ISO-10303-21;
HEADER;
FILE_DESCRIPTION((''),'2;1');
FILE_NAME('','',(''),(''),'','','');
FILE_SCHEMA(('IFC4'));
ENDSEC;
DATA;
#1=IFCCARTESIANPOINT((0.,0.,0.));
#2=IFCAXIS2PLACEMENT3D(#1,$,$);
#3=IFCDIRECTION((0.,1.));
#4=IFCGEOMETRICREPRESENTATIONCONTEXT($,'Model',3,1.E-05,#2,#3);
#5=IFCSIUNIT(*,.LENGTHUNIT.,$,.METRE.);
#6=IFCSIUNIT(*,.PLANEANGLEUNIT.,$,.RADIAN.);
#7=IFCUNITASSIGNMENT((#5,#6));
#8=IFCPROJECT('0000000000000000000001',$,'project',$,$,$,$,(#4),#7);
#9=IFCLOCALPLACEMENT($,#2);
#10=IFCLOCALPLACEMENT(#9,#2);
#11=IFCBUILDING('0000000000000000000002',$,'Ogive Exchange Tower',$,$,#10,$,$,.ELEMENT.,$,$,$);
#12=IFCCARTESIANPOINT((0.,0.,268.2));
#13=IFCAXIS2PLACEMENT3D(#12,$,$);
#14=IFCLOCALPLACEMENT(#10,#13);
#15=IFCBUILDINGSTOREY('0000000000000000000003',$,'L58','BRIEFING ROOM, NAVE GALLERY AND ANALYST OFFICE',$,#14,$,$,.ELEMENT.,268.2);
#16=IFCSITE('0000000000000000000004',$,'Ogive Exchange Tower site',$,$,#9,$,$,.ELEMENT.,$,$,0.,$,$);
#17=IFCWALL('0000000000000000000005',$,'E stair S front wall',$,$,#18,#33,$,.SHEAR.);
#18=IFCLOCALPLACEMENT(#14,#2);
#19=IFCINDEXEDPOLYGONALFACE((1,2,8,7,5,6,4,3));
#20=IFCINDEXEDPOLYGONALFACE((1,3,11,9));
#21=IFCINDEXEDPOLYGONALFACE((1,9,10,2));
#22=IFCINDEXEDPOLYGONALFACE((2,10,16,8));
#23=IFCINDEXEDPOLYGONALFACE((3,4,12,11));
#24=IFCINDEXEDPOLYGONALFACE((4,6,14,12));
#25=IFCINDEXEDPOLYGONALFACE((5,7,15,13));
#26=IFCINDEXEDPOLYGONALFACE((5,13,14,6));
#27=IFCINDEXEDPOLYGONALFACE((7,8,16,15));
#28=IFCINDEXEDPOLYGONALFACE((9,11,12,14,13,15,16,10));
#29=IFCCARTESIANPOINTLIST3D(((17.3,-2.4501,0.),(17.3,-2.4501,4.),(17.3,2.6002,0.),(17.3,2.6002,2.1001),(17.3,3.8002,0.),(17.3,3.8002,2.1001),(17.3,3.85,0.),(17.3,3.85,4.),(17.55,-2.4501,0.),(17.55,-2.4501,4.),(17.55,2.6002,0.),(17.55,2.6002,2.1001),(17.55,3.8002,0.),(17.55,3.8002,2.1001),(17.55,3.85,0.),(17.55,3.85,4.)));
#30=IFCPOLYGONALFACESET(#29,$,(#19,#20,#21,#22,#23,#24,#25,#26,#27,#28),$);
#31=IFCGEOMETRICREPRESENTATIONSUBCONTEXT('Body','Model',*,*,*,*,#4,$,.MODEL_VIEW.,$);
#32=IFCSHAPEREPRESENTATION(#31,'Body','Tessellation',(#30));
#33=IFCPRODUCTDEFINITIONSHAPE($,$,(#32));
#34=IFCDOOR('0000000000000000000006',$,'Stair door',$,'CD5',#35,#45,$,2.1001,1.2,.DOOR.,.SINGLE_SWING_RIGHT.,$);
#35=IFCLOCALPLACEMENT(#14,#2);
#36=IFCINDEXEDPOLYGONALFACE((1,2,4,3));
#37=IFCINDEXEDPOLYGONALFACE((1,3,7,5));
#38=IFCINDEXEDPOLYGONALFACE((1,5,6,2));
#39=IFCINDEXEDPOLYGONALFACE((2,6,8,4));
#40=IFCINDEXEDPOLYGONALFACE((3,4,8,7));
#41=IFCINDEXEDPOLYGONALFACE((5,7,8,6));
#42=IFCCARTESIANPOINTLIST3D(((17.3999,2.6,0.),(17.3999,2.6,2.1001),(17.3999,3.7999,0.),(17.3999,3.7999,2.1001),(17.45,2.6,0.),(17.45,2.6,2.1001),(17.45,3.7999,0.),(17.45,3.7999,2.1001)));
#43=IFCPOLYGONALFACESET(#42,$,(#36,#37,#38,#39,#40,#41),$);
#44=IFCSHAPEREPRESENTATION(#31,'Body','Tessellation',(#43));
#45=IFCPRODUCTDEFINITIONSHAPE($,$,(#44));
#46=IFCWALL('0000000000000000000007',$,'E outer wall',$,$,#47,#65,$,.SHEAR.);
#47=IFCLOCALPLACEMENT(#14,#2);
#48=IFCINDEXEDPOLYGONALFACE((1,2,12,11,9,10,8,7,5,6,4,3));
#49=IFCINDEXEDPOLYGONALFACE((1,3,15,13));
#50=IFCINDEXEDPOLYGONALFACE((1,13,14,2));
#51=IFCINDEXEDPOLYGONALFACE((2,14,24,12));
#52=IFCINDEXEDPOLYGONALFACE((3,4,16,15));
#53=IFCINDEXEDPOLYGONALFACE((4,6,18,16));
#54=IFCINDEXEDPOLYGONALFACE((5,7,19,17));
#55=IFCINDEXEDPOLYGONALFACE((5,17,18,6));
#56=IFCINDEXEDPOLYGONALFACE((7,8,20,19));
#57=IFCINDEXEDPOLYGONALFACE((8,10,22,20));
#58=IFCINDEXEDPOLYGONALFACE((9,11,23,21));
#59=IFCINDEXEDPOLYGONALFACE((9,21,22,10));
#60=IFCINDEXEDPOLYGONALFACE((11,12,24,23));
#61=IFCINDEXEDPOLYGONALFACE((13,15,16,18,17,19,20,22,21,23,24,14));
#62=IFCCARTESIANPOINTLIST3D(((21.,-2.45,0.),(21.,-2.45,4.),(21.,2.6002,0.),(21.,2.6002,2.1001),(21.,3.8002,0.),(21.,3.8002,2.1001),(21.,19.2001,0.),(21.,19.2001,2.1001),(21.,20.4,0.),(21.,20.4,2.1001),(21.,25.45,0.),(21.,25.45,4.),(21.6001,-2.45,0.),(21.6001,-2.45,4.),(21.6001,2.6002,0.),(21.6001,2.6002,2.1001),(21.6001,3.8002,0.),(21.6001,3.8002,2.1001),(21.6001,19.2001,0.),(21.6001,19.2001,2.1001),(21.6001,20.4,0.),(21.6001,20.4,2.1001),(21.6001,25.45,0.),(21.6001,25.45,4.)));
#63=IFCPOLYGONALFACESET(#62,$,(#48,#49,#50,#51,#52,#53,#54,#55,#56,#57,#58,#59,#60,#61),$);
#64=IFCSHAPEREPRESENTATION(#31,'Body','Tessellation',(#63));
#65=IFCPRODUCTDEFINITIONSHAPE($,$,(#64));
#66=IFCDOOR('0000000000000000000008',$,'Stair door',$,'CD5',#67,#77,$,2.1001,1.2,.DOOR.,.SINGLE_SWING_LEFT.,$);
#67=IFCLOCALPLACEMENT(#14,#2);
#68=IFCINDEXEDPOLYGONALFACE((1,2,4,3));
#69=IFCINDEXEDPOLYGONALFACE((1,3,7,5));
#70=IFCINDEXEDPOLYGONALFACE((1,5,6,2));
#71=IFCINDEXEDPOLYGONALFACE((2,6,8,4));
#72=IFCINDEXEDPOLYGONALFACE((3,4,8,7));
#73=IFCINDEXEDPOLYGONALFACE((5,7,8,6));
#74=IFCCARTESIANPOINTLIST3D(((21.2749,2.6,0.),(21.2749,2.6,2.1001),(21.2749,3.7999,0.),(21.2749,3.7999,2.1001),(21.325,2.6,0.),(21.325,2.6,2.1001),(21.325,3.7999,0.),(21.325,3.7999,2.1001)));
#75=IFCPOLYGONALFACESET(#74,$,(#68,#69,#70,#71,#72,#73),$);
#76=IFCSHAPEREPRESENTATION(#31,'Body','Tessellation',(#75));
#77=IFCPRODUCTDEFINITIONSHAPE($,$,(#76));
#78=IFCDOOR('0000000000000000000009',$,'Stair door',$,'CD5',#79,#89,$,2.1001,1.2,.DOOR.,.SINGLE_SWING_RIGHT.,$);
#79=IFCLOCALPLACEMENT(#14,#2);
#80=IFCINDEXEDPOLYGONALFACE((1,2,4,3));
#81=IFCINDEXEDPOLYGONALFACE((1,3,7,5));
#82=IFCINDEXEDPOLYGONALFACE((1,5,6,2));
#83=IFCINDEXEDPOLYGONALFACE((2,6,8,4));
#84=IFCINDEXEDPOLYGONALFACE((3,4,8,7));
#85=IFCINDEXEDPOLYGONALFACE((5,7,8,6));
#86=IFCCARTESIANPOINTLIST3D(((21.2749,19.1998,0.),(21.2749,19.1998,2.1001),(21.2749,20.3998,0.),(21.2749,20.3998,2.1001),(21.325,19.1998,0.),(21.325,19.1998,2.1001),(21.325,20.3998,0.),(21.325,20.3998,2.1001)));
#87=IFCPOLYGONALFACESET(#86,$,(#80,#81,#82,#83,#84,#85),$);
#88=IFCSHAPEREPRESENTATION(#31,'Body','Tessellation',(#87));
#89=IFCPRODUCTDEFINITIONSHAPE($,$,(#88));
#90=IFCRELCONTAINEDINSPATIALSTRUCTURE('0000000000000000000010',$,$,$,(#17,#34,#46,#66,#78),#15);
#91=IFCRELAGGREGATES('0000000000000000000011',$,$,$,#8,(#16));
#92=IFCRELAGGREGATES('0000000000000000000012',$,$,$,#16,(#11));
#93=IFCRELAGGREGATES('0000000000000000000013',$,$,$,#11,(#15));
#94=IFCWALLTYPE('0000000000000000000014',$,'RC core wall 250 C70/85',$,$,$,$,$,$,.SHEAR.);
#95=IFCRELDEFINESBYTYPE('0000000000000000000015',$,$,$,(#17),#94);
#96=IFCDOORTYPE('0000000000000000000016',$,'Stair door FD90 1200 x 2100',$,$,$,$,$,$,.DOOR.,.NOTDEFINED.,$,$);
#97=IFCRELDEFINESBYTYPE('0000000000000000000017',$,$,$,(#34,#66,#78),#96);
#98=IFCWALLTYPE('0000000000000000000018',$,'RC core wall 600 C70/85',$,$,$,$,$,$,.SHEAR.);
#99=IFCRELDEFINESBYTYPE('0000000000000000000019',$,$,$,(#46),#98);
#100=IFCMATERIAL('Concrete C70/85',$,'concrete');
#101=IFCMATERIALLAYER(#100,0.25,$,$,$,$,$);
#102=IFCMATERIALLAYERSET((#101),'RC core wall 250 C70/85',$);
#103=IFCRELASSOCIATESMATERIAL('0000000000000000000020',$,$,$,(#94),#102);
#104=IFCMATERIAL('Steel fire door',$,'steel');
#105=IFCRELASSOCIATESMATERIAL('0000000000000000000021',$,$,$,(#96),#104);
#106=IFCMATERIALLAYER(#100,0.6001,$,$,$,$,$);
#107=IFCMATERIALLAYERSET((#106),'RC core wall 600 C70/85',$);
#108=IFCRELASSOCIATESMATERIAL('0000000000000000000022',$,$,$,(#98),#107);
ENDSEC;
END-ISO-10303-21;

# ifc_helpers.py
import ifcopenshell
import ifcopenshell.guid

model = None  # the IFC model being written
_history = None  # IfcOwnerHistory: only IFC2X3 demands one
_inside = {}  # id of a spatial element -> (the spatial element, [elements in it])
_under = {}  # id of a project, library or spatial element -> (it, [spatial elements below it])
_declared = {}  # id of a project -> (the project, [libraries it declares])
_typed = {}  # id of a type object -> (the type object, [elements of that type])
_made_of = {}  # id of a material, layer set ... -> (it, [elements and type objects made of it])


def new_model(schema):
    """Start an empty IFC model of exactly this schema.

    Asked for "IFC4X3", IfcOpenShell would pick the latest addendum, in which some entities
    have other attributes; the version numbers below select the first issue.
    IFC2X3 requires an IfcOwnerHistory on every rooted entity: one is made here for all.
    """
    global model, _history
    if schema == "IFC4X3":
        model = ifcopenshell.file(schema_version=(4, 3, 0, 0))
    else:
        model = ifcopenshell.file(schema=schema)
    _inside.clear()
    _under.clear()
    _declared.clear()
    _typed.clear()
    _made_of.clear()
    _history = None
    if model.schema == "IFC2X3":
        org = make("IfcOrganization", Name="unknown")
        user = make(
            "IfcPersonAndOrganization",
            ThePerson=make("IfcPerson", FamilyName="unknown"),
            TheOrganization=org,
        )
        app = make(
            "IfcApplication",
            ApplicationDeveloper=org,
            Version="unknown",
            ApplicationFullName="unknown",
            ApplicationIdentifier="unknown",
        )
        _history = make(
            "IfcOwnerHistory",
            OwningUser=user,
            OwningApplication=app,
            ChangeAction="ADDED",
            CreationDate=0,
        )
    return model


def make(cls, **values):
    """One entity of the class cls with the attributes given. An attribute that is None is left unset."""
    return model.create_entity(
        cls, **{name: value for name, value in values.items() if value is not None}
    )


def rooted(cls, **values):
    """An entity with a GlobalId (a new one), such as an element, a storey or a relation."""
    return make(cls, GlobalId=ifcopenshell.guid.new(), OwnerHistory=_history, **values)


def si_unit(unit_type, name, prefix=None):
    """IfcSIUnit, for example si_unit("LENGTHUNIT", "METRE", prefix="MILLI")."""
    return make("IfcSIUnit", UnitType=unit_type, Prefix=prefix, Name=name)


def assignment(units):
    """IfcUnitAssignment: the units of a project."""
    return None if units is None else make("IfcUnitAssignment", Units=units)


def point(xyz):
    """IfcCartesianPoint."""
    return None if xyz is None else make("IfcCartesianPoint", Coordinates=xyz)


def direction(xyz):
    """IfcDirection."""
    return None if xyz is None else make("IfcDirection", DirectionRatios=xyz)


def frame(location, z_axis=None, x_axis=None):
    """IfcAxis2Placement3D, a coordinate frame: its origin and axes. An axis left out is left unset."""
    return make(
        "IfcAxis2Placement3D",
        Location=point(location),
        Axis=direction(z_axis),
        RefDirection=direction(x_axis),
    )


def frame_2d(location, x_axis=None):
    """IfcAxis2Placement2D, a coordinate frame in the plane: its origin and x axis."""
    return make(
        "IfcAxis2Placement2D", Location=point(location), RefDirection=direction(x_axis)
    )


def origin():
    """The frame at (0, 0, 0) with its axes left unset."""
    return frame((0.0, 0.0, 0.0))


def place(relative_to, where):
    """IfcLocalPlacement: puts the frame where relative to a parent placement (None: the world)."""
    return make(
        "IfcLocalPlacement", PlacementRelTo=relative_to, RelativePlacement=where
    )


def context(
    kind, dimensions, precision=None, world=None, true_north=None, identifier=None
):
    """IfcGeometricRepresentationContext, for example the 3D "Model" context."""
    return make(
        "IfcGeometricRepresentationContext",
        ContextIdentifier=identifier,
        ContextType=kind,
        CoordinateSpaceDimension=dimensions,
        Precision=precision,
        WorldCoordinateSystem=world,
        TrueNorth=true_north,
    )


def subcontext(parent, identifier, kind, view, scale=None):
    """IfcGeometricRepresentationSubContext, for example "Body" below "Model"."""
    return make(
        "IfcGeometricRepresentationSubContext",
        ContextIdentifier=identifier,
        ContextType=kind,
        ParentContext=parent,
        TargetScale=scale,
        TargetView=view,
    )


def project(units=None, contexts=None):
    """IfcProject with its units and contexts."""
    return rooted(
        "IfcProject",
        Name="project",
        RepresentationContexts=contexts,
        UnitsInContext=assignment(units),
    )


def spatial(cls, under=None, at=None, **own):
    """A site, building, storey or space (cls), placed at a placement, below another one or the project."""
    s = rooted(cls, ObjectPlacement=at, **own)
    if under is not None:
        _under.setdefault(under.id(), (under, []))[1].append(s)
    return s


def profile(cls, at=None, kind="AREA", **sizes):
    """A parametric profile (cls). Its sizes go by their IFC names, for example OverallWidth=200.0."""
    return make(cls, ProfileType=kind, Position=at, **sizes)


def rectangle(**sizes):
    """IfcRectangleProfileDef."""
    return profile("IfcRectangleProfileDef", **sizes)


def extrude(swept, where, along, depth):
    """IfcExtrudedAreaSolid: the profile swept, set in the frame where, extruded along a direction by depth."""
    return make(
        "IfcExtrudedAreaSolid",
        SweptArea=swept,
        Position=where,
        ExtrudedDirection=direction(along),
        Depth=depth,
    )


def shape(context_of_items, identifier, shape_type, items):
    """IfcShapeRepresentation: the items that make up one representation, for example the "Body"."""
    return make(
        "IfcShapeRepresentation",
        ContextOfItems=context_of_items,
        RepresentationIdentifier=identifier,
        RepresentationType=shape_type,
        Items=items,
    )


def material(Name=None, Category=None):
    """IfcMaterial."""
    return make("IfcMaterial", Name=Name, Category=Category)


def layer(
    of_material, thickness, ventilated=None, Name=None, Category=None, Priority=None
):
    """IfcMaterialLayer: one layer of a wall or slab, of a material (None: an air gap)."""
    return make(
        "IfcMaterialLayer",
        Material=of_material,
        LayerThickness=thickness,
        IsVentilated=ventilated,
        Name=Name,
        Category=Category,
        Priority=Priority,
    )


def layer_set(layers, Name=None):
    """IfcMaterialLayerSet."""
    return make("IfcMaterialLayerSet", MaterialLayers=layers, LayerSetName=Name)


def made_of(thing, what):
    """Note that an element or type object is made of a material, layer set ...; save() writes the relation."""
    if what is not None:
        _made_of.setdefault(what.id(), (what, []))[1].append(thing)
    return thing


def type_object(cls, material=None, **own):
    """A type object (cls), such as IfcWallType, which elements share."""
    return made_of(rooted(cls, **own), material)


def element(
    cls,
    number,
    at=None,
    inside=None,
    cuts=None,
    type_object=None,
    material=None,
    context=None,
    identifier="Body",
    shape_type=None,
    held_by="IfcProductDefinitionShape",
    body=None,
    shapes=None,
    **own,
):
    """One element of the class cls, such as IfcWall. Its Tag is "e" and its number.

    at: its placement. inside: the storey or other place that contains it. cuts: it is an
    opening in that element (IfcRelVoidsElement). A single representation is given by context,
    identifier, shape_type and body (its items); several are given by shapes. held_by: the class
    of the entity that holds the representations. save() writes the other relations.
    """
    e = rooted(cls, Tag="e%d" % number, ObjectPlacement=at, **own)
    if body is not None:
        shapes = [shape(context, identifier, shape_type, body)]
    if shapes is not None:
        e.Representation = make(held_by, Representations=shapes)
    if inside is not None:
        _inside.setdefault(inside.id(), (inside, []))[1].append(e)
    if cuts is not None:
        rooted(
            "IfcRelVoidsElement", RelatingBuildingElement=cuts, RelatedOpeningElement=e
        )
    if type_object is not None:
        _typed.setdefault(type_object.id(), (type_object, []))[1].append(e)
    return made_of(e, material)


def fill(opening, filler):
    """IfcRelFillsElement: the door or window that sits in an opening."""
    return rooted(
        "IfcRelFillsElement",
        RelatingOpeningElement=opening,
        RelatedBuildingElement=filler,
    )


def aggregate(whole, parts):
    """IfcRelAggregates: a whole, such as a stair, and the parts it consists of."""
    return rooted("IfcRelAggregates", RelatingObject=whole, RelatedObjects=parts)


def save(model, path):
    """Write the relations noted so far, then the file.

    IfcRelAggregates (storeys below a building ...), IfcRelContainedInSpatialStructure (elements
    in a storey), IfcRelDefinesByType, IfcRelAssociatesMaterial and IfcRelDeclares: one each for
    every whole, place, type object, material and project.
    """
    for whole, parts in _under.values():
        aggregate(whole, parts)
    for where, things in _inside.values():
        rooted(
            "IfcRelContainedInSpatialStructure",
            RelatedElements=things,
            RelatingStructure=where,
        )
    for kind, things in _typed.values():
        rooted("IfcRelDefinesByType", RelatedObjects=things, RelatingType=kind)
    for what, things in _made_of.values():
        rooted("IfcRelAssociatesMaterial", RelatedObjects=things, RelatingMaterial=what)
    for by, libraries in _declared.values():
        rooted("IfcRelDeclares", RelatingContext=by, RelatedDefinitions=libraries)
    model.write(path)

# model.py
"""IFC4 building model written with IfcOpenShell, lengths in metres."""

from ifc_helpers import new_model, si_unit, direction, frame, frame_2d, origin, place, context, subcontext, project, spatial, rectangle, extrude, material, layer, layer_set, type_object, element, fill, save


model = new_model("IFC4")

# Units and contexts
model_context = context("Model", 3, precision=1e-05, world=origin(), true_north=direction((0.0, 1.0)))
body_context = subcontext(model_context, "Body", "Model", "MODEL_VIEW")
ifc_project = project(units=[si_unit("LENGTHUNIT", "METRE"), si_unit("PLANEANGLEUNIT", "RADIAN")], contexts=[model_context])

# Site, building, storey
site_placement = place(None, origin())
site = spatial("IfcSite", under=ifc_project, at=site_placement, Name="Ogive Exchange Tower site", CompositionType="ELEMENT", RefElevation=0.0)
building_placement = place(site_placement, origin())
building = spatial("IfcBuilding", under=site, at=building_placement, Name="Ogive Exchange Tower", CompositionType="ELEMENT")
storey_placement = place(building_placement, frame((0.0, 0.0, 268.2)))
storey = spatial("IfcBuildingStorey", under=building, at=storey_placement, Name="L58", Description="BRIEFING ROOM, NAVE GALLERY AND ANALYST OFFICE", CompositionType="ELEMENT", Elevation=268.2)

# Wall, opening, door
ifc_material_1 = material(Name="Concrete C70/85", Category="concrete")
ifc_layer_1 = layer(ifc_material_1, 0.25)
ifc_layer_set_1 = layer_set([ifc_layer_1], Name="RC core wall 250 C70/85")
wall_type_1 = type_object("IfcWallType", Name="RC core wall 250 C70/85", PredefinedType="SHEAR", material=ifc_layer_set_1)
wall_1_placement = place(storey_placement, frame((17.425, -2.45, 0.0), z_axis=(0.0, 0.0, 1.0), x_axis=(0.0, 1.0, 0.0)))
wall_1 = element("IfcWall", 1, at=wall_1_placement, inside=storey, type_object=wall_type_1, Name="E stair S front wall", PredefinedType="SHEAR", context=body_context, shape_type="SweptSolid", body=[
    extrude(rectangle(XDim=6.3, YDim=0.25, at=frame_2d((3.1499, 0.0))), origin(), (0.0, 0.0, 1.0), 4.0),
])
opening_1_placement = place(wall_1_placement, frame((5.05, 0.0, 0.0)))
opening_1 = element("IfcOpeningElement", 2, at=opening_1_placement, cuts=wall_1, PredefinedType="OPENING", context=body_context, shape_type="SweptSolid", body=[
    extrude(rectangle(XDim=1.2, YDim=2.1001, at=frame_2d((0.6001, 1.05))), frame((0.0, 0.135, 0.0), z_axis=(0.0, -1.0, 0.0), x_axis=(1.0, 0.0, 0.0)), (0.0, 0.0, 1.0), 0.27),
])
ifc_material_2 = material(Name="Steel fire door", Category="steel")
door_type_1 = type_object("IfcDoorType", Name="Stair door FD90 1200 x 2100", OperationType="NOTDEFINED", PredefinedType="DOOR", material=ifc_material_2)
door_1_placement = place(opening_1_placement, frame((1.2, 0.0, 0.0), z_axis=(0.0, 0.0, 1.0), x_axis=(-1.0, 0.0, 0.0)))
door_1 = element("IfcDoor", 3, at=door_1_placement, inside=storey, type_object=door_type_1, Name="Stair door", ObjectType="CD5", OperationType="SINGLE_SWING_RIGHT", OverallHeight=2.1001, OverallWidth=1.2, PredefinedType="DOOR", context=body_context, shape_type="SweptSolid", body=[
    extrude(rectangle(XDim=1.2, YDim=2.1001, at=frame_2d((0.6001, 1.05))), frame((0.0, 0.0249, 0.0), z_axis=(0.0, -1.0, 0.0), x_axis=(1.0, 0.0, 0.0)), (0.0, 0.0, 1.0), 0.05),
])
fill(opening_1, door_1)

# Wall, openings, doors
ifc_layer_2 = layer(ifc_material_1, 0.6001)
ifc_layer_set_2 = layer_set([ifc_layer_2], Name="RC core wall 600 C70/85")
wall_type_2 = type_object("IfcWallType", Name="RC core wall 600 C70/85", PredefinedType="SHEAR", material=ifc_layer_set_2)
wall_2_placement = place(storey_placement, frame((21.3, -2.45, 0.0), z_axis=(0.0, 0.0, 1.0), x_axis=(0.0, 1.0, 0.0)))
wall_2 = element("IfcWall", 4, at=wall_2_placement, inside=storey, type_object=wall_type_2, Name="E outer wall", PredefinedType="SHEAR", context=body_context, shape_type="SweptSolid", body=[
    extrude(rectangle(XDim=27.8999, YDim=0.6001, at=frame_2d((13.95, 0.0))), origin(), (0.0, 0.0, 1.0), 4.0),
])
opening_2_placement = place(wall_2_placement, frame((5.05, 0.0, 0.0)))
opening_2 = element("IfcOpeningElement", 5, at=opening_2_placement, cuts=wall_2, PredefinedType="OPENING", context=body_context, shape_type="SweptSolid", body=[
    extrude(rectangle(XDim=1.2, YDim=2.1001, at=frame_2d((0.6001, 1.05))), frame((0.0, 0.3101, 0.0), z_axis=(0.0, -1.0, 0.0), x_axis=(1.0, 0.0, 0.0)), (0.0, 0.0, 1.0), 0.6201),
])
opening_3_placement = place(wall_2_placement, frame((21.6499, 0.0, 0.0)))
opening_3 = element("IfcOpeningElement", 6, at=opening_3_placement, cuts=wall_2, PredefinedType="OPENING", context=body_context, shape_type="SweptSolid", body=[
    extrude(rectangle(XDim=1.2, YDim=2.1001, at=frame_2d((0.6001, 1.05))), frame((0.0, 0.3101, 0.0), z_axis=(0.0, -1.0, 0.0), x_axis=(1.0, 0.0, 0.0)), (0.0, 0.0, 1.0), 0.6201),
])
door_2_placement = place(opening_2_placement, frame((1.2, 0.0, 0.0), z_axis=(0.0, 0.0, 1.0), x_axis=(-1.0, 0.0, 0.0)))
door_2 = element("IfcDoor", 7, at=door_2_placement, inside=storey, type_object=door_type_1, Name="Stair door", ObjectType="CD5", OperationType="SINGLE_SWING_LEFT", OverallHeight=2.1001, OverallWidth=1.2, PredefinedType="DOOR", context=body_context, shape_type="SweptSolid", body=[
    extrude(rectangle(XDim=1.2, YDim=2.1001, at=frame_2d((0.6001, 1.05))), frame((0.0, 0.0249, 0.0), z_axis=(0.0, -1.0, 0.0), x_axis=(1.0, 0.0, 0.0)), (0.0, 0.0, 1.0), 0.05),
])
fill(opening_2, door_2)
door_3_placement = place(opening_3_placement, frame((1.2, 0.0, 0.0), z_axis=(0.0, 0.0, 1.0), x_axis=(-1.0, 0.0, 0.0)))
door_3 = element("IfcDoor", 8, at=door_3_placement, inside=storey, type_object=door_type_1, Name="Stair door", ObjectType="CD5", OperationType="SINGLE_SWING_RIGHT", OverallHeight=2.1001, OverallWidth=1.2, PredefinedType="DOOR", context=body_context, shape_type="SweptSolid", body=[
    extrude(rectangle(XDim=1.2, YDim=2.1001, at=frame_2d((0.6001, 1.05))), frame((0.0, 0.0249, 0.0), z_axis=(0.0, -1.0, 0.0), x_axis=(1.0, 0.0, 0.0)), (0.0, 0.0, 1.0), 0.05),
])
fill(opening_3, door_3)

save(model, "model.ifc")
